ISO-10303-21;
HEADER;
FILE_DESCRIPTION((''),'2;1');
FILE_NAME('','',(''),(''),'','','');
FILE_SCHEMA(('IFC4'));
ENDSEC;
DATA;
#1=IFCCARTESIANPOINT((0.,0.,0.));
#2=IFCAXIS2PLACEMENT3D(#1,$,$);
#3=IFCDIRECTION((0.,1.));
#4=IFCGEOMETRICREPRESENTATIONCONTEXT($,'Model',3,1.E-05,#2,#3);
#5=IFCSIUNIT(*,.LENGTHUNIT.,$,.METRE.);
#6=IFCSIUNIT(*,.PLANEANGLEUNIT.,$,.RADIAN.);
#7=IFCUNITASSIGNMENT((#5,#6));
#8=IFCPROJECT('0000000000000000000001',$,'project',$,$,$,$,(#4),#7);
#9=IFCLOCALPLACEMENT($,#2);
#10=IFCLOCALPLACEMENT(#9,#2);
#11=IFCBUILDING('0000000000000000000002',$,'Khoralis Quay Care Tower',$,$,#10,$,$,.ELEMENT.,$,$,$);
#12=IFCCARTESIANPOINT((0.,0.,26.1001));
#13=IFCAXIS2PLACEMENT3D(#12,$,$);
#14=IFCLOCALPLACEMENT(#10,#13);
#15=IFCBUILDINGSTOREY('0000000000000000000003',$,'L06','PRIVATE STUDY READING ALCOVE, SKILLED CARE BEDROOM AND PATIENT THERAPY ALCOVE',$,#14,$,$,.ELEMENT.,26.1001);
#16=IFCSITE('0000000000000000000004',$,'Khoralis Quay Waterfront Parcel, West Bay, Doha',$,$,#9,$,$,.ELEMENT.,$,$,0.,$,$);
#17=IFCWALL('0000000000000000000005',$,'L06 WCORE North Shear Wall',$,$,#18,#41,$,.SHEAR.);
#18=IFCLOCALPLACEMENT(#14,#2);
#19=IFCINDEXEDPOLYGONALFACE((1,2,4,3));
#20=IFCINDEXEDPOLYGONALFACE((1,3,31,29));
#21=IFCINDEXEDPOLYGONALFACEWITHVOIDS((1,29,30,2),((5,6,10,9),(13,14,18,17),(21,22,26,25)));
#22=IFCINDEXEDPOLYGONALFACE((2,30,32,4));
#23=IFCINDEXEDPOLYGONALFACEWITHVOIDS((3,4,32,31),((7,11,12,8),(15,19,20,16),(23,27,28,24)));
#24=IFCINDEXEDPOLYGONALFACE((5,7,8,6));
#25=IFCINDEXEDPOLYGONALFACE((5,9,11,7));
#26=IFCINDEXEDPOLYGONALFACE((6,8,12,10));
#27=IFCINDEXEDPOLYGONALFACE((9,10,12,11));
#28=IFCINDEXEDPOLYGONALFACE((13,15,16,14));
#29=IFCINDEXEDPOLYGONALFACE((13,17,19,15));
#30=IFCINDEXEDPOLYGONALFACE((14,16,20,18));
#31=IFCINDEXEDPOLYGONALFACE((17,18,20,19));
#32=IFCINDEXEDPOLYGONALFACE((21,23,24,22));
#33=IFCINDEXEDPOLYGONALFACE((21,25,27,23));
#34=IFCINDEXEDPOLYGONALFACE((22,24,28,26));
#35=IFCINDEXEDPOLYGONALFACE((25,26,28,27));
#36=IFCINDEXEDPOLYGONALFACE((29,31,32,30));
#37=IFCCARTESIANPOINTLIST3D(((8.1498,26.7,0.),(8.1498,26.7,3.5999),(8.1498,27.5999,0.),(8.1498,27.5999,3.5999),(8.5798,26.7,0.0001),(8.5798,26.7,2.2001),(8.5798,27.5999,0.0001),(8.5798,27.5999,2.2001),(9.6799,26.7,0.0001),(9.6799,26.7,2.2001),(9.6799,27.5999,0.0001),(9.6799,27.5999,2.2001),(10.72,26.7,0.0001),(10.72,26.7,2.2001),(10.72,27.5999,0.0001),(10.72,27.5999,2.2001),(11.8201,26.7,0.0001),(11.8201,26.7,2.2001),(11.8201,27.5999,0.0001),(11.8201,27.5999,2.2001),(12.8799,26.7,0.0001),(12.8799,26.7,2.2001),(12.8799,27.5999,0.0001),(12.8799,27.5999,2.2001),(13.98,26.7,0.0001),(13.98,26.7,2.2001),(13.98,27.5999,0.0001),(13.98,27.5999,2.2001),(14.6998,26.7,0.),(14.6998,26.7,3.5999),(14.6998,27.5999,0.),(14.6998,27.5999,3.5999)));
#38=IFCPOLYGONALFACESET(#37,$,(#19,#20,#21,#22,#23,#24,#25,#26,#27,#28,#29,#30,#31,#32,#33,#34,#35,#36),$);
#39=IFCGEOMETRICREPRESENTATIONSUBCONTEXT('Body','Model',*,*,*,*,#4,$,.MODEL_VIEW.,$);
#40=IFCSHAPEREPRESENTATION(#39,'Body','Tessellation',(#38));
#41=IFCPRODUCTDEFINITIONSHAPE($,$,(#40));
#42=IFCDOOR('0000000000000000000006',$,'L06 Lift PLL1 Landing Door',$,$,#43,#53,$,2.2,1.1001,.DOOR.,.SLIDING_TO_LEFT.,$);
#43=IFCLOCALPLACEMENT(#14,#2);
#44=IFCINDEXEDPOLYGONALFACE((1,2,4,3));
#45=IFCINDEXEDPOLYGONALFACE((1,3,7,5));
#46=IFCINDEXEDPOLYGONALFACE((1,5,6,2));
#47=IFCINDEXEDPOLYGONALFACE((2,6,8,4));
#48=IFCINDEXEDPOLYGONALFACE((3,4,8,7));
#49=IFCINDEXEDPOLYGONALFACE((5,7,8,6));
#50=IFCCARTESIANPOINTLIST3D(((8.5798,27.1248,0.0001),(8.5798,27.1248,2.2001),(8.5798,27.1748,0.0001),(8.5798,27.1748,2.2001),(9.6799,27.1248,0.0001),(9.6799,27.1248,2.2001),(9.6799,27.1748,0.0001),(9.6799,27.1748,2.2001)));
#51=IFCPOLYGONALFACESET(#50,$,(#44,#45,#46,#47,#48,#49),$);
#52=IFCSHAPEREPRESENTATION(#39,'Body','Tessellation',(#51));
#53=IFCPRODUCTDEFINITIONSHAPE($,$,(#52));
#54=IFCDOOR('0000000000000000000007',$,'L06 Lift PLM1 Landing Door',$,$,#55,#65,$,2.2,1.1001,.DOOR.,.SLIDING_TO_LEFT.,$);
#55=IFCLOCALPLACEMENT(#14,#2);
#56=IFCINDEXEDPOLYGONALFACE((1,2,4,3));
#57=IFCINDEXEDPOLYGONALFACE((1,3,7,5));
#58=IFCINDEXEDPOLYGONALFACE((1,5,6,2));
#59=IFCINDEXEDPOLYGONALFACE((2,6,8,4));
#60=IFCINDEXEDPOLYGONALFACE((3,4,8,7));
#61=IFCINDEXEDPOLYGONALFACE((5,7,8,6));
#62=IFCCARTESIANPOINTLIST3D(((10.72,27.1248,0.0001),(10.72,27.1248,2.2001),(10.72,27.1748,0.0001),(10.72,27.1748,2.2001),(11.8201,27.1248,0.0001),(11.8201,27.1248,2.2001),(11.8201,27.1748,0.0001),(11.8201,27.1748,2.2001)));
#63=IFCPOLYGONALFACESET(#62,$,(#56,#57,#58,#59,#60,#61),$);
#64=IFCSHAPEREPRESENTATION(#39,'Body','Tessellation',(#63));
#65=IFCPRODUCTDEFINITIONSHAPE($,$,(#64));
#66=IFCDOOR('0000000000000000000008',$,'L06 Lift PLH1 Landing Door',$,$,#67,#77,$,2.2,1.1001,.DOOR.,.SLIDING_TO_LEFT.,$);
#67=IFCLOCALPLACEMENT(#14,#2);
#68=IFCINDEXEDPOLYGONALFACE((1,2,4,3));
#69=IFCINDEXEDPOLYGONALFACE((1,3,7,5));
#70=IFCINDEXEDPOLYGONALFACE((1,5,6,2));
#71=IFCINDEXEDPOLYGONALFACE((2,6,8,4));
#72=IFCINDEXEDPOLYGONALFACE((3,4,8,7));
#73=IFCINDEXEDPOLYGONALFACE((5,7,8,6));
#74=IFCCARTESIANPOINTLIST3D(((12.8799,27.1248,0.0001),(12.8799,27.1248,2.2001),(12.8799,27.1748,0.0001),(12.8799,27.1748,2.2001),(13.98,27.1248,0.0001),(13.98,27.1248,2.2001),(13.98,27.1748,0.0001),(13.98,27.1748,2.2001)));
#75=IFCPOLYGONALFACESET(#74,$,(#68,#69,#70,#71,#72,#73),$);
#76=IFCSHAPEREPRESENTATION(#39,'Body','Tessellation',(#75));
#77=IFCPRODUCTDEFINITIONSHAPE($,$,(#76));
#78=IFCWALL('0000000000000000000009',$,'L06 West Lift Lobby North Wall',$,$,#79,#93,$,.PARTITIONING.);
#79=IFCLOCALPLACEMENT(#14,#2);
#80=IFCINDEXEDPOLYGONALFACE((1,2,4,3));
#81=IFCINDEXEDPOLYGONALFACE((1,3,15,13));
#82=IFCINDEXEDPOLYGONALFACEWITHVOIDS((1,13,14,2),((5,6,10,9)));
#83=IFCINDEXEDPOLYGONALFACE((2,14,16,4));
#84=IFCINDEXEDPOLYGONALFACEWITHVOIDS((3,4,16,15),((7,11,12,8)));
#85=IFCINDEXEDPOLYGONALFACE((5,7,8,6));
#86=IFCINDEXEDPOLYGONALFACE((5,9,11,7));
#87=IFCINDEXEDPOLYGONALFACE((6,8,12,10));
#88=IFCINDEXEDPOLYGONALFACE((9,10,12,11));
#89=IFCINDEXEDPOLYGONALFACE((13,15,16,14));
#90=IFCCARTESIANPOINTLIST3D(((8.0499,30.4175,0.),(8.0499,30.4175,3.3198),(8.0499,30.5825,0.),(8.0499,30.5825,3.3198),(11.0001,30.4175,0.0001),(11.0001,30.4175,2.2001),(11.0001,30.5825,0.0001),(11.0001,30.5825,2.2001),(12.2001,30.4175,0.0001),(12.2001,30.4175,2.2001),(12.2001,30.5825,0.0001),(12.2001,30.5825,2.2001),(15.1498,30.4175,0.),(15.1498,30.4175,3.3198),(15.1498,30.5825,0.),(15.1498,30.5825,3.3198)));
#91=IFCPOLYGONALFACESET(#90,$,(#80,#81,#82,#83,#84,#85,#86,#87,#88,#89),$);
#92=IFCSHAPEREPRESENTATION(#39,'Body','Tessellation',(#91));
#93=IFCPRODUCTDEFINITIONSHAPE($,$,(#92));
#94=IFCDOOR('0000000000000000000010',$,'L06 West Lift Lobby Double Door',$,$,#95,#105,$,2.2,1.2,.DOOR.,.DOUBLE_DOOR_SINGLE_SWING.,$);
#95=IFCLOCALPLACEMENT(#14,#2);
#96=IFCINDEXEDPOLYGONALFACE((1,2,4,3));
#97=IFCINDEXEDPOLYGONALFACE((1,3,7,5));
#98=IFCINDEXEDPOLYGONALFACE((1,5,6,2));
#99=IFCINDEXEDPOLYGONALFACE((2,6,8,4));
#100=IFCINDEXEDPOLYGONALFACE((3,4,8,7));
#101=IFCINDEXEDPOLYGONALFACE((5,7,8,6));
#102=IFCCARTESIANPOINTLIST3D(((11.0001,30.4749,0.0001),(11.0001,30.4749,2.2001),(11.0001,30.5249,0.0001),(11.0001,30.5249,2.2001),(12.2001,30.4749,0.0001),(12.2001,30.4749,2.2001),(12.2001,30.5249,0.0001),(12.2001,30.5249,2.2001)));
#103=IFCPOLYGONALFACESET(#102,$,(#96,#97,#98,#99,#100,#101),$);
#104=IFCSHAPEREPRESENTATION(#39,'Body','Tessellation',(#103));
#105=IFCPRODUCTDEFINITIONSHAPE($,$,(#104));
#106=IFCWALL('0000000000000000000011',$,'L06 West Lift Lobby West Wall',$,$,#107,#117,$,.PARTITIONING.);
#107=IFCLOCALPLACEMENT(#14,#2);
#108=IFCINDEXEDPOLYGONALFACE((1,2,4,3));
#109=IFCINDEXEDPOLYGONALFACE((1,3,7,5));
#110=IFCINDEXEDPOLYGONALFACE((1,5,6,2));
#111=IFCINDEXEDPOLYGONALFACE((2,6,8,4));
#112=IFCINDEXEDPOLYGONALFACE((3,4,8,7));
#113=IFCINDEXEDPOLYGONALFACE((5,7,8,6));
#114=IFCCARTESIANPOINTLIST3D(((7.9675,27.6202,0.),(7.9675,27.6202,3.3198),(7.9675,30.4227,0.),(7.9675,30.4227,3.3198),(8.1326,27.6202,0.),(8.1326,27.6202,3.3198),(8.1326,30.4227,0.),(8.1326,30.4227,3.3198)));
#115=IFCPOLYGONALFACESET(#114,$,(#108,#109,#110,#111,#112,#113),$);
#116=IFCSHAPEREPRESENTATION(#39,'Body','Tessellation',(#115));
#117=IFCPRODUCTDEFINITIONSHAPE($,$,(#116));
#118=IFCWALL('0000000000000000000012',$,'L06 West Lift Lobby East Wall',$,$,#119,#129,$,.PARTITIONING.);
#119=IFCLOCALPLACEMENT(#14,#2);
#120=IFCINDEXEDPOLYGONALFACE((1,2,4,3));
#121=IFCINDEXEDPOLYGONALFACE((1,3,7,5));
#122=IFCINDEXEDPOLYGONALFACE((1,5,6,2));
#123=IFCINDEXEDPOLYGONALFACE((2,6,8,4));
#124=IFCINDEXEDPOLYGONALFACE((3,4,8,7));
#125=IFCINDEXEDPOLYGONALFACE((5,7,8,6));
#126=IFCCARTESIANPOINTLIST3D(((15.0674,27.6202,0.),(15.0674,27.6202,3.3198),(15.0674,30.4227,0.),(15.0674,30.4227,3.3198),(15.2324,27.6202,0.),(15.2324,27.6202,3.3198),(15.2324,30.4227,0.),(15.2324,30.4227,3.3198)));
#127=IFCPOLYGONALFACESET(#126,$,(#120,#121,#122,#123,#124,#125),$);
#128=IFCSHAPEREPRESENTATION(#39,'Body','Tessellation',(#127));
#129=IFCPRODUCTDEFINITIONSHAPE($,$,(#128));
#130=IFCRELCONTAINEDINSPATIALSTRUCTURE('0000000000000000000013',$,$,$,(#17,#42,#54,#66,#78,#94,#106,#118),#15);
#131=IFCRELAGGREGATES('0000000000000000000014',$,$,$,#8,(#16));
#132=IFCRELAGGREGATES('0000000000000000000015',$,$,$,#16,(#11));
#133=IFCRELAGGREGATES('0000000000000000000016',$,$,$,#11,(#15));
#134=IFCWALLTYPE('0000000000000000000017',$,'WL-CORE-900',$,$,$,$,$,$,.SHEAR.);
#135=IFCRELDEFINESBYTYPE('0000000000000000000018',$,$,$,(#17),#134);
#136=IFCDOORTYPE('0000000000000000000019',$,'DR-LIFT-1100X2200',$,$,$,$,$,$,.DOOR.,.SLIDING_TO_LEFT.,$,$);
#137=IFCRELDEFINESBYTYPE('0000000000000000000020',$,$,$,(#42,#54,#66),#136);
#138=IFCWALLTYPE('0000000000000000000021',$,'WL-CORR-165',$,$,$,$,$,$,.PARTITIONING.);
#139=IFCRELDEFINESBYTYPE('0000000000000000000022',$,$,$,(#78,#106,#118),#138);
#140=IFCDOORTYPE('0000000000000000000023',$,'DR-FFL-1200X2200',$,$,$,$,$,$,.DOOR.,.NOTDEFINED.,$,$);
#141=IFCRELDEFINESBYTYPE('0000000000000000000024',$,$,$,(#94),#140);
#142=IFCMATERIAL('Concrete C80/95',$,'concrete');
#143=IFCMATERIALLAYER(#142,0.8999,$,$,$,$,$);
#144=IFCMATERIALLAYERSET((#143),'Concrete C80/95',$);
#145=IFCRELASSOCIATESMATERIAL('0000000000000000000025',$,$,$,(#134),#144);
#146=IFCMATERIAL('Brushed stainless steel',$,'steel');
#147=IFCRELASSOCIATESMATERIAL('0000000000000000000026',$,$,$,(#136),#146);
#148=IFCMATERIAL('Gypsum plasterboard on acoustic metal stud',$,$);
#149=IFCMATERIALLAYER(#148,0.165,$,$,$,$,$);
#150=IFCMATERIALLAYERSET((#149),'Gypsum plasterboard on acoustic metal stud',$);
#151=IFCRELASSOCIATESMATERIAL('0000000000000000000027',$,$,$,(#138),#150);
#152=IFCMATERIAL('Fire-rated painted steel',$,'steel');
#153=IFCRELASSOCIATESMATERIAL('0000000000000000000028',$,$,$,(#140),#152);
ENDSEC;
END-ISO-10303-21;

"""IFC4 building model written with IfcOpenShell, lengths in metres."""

from ifc_helpers import new_model, si_unit, direction, frame, frame_2d, origin, place, context, subcontext, project, spatial, rectangle, extrude, source, transform, mapped, material, layer, layer_set, type_object, element, fill, save


model = new_model("IFC4")

# Units and contexts
model_context = context("Model", 3, precision=1e-05, world=origin(), true_north=direction((0.0, 1.0)))
body_context = subcontext(model_context, "Body", "Model", "MODEL_VIEW")
ifc_project = project(units=[si_unit("LENGTHUNIT", "METRE"), si_unit("PLANEANGLEUNIT", "RADIAN")], contexts=[model_context])

# Site, building, storey
site_placement = place(None, origin())
site = spatial("IfcSite", under=ifc_project, at=site_placement, Name="Khoralis Quay Waterfront Parcel, West Bay, Doha", CompositionType="ELEMENT", RefElevation=0.0)
building_placement = place(site_placement, origin())
building = spatial("IfcBuilding", under=site, at=building_placement, Name="Khoralis Quay Care Tower", CompositionType="ELEMENT")
storey_placement = place(building_placement, frame((0.0, 0.0, 26.1001)))
storey = spatial("IfcBuildingStorey", under=building, at=storey_placement, Name="L06", Description="PRIVATE STUDY READING ALCOVE, SKILLED CARE BEDROOM AND PATIENT THERAPY ALCOVE", CompositionType="ELEMENT", Elevation=26.1001)

# Shared definitions
ifc_material_1 = material(Name="Concrete C80/95", Category="concrete")

# Wall, openings, doors
ifc_layer_1 = layer(ifc_material_1, 0.8999)
ifc_layer_set_1 = layer_set([ifc_layer_1], Name="Concrete C80/95")
wall_type_1 = type_object("IfcWallType", Name="WL-CORE-900", PredefinedType="SHEAR", material=ifc_layer_set_1)
wall_1_placement = place(storey_placement, frame((8.1499, 27.1499, 0.0), z_axis=(0.0, 0.0, 1.0), x_axis=(1.0, 0.0, 0.0)))
wall_1 = element("IfcWall", 1, at=wall_1_placement, inside=storey, type_object=wall_type_1, Name="L06 WCORE North Shear Wall", PredefinedType="SHEAR", context=body_context, shape_type="SweptSolid", body=[
    extrude(rectangle(XDim=6.55, YDim=0.8999, at=frame_2d((3.2749, 0.0))), origin(), (0.0, 0.0, 1.0), 3.5999),
])
opening_1_placement = place(wall_1_placement, frame((0.4299, 0.0, 0.0)))
opening_1 = element("IfcOpeningElement", 2, at=opening_1_placement, cuts=wall_1, PredefinedType="OPENING", context=body_context, shape_type="SweptSolid", body=[
    extrude(rectangle(XDim=1.1001, YDim=2.2, at=frame_2d((0.55, 1.1001))), frame((0.0, 0.46, 0.0), z_axis=(0.0, -1.0, 0.0), x_axis=(1.0, 0.0, 0.0)), (0.0, 0.0, 1.0), 0.9199),
])
opening_2_placement = place(wall_1_placement, frame((2.5701, 0.0, 0.0)))
opening_2 = element("IfcOpeningElement", 3, at=opening_2_placement, cuts=wall_1, PredefinedType="OPENING", context=body_context, shape_type="SweptSolid", body=[
    extrude(rectangle(XDim=1.1001, YDim=2.2, at=frame_2d((0.55, 1.1001))), frame((0.0, 0.46, 0.0), z_axis=(0.0, -1.0, 0.0), x_axis=(1.0, 0.0, 0.0)), (0.0, 0.0, 1.0), 0.9199),
])
opening_3_placement = place(wall_1_placement, frame((4.73, 0.0, 0.0)))
opening_3 = element("IfcOpeningElement", 4, at=opening_3_placement, cuts=wall_1, PredefinedType="OPENING", context=body_context, shape_type="SweptSolid", body=[
    extrude(rectangle(XDim=1.1001, YDim=2.2, at=frame_2d((0.55, 1.1001))), frame((0.0, 0.46, 0.0), z_axis=(0.0, -1.0, 0.0), x_axis=(1.0, 0.0, 0.0)), (0.0, 0.0, 1.0), 0.9199),
])
ifc_material_2 = material(Name="Brushed stainless steel", Category="steel")
door_type_1 = type_object("IfcDoorType", Name="DR-LIFT-1100X2200", OperationType="SLIDING_TO_LEFT", PredefinedType="DOOR", material=ifc_material_2)
shared_shape_1 = source(origin(), body_context, "Body", "SweptSolid", [
    extrude(rectangle(XDim=1.1001, YDim=2.2, at=frame_2d((0.55, 1.1001))), frame((0.0, 0.0249, 0.0), z_axis=(0.0, -1.0, 0.0), x_axis=(1.0, 0.0, 0.0)), (0.0, 0.0, 1.0), 0.05),
])
door_1_placement = place(opening_1_placement, origin())
door_1 = element("IfcDoor", 5, at=door_1_placement, inside=storey, type_object=door_type_1, Name="L06 Lift PLL1 Landing Door", OperationType="SLIDING_TO_LEFT", OverallHeight=2.2, OverallWidth=1.1001, PredefinedType="DOOR", context=body_context, shape_type="MappedRepresentation", body=[
    mapped(shared_shape_1, transform((0.0, 0.0, 0.0), scale=1.0)),
])
fill(opening_1, door_1)
door_2_placement = place(opening_2_placement, origin())
door_2 = element("IfcDoor", 6, at=door_2_placement, inside=storey, type_object=door_type_1, Name="L06 Lift PLM1 Landing Door", OperationType="SLIDING_TO_LEFT", OverallHeight=2.2, OverallWidth=1.1001, PredefinedType="DOOR", context=body_context, shape_type="MappedRepresentation", body=[
    mapped(shared_shape_1, transform((0.0, 0.0, 0.0), scale=1.0)),
])
fill(opening_2, door_2)
door_3_placement = place(opening_3_placement, origin())
door_3 = element("IfcDoor", 7, at=door_3_placement, inside=storey, type_object=door_type_1, Name="L06 Lift PLH1 Landing Door", OperationType="SLIDING_TO_LEFT", OverallHeight=2.2, OverallWidth=1.1001, PredefinedType="DOOR", context=body_context, shape_type="MappedRepresentation", body=[
    mapped(shared_shape_1, transform((0.0, 0.0, 0.0), scale=1.0)),
])
fill(opening_3, door_3)

# Wall, opening, door
ifc_material_3 = material(Name="Gypsum plasterboard on acoustic metal stud")
ifc_layer_2 = layer(ifc_material_3, 0.165)
ifc_layer_set_2 = layer_set([ifc_layer_2], Name="Gypsum plasterboard on acoustic metal stud")
wall_type_2 = type_object("IfcWallType", Name="WL-CORR-165", PredefinedType="PARTITIONING", material=ifc_layer_set_2)
wall_2_placement = place(storey_placement, frame((8.05, 30.5, 0.0), z_axis=(0.0, 0.0, 1.0), x_axis=(1.0, 0.0, 0.0)))
wall_2 = element("IfcWall", 8, at=wall_2_placement, inside=storey, type_object=wall_type_2, Name="L06 West Lift Lobby North Wall", PredefinedType="PARTITIONING", context=body_context, shape_type="SweptSolid", body=[
    extrude(rectangle(XDim=7.0999, YDim=0.165, at=frame_2d((3.5498, 0.0))), origin(), (0.0, 0.0, 1.0), 3.3198),
])
opening_4_placement = place(wall_2_placement, frame((2.95, 0.0, 0.0)))
opening_4 = element("IfcOpeningElement", 9, at=opening_4_placement, cuts=wall_2, PredefinedType="OPENING", context=body_context, shape_type="SweptSolid", body=[
    extrude(rectangle(XDim=1.2, YDim=2.2, at=frame_2d((0.6001, 1.1001))), frame((0.0, 0.0925, 0.0), z_axis=(0.0, -1.0, 0.0), x_axis=(1.0, 0.0, 0.0)), (0.0, 0.0, 1.0), 0.1851),
])
ifc_material_4 = material(Name="Fire-rated painted steel", Category="steel")
door_type_2 = type_object("IfcDoorType", Name="DR-FFL-1200X2200", OperationType="NOTDEFINED", PredefinedType="DOOR", material=ifc_material_4)
shared_shape_2 = source(origin(), body_context, "Body", "SweptSolid", [
    extrude(rectangle(XDim=1.2, YDim=2.2, at=frame_2d((0.6001, 1.1001))), frame((0.0, 0.0249, 0.0), z_axis=(0.0, -1.0, 0.0), x_axis=(1.0, 0.0, 0.0)), (0.0, 0.0, 1.0), 0.05),
])
door_4_placement = place(opening_4_placement, origin())
door_4 = element("IfcDoor", 10, at=door_4_placement, inside=storey, type_object=door_type_2, Name="L06 West Lift Lobby Double Door", OperationType="DOUBLE_DOOR_SINGLE_SWING", OverallHeight=2.2, OverallWidth=1.2, PredefinedType="DOOR", context=body_context, shape_type="MappedRepresentation", body=[
    mapped(shared_shape_2, transform((0.0, 0.0, 0.0), scale=1.0)),
])
fill(opening_4, door_4)

# Walls
for number, where, z_axis, x_axis, name in (
    (11, (8.05, 27.6201, 0.0), (0.0, 0.0, 1.0), (0.0, 1.0, 0.0), "L06 West Lift Lobby West Wall"),
    (12, (15.1499, 27.6201, 0.0), (0.0, 0.0, 1.0), (0.0, 1.0, 0.0), "L06 West Lift Lobby East Wall"),
):
    element("IfcWall", number, at=place(storey_placement, frame(where, z_axis=z_axis, x_axis=x_axis)), inside=storey, type_object=wall_type_2, Name=name, PredefinedType="PARTITIONING", context=body_context, shape_type="SweptSolid", body=[
        extrude(rectangle(XDim=2.8025, YDim=0.165, at=frame_2d((1.4014, 0.0))), origin(), (0.0, 0.0, 1.0), 3.3198),
    ])

save(model, "model.ifc")
